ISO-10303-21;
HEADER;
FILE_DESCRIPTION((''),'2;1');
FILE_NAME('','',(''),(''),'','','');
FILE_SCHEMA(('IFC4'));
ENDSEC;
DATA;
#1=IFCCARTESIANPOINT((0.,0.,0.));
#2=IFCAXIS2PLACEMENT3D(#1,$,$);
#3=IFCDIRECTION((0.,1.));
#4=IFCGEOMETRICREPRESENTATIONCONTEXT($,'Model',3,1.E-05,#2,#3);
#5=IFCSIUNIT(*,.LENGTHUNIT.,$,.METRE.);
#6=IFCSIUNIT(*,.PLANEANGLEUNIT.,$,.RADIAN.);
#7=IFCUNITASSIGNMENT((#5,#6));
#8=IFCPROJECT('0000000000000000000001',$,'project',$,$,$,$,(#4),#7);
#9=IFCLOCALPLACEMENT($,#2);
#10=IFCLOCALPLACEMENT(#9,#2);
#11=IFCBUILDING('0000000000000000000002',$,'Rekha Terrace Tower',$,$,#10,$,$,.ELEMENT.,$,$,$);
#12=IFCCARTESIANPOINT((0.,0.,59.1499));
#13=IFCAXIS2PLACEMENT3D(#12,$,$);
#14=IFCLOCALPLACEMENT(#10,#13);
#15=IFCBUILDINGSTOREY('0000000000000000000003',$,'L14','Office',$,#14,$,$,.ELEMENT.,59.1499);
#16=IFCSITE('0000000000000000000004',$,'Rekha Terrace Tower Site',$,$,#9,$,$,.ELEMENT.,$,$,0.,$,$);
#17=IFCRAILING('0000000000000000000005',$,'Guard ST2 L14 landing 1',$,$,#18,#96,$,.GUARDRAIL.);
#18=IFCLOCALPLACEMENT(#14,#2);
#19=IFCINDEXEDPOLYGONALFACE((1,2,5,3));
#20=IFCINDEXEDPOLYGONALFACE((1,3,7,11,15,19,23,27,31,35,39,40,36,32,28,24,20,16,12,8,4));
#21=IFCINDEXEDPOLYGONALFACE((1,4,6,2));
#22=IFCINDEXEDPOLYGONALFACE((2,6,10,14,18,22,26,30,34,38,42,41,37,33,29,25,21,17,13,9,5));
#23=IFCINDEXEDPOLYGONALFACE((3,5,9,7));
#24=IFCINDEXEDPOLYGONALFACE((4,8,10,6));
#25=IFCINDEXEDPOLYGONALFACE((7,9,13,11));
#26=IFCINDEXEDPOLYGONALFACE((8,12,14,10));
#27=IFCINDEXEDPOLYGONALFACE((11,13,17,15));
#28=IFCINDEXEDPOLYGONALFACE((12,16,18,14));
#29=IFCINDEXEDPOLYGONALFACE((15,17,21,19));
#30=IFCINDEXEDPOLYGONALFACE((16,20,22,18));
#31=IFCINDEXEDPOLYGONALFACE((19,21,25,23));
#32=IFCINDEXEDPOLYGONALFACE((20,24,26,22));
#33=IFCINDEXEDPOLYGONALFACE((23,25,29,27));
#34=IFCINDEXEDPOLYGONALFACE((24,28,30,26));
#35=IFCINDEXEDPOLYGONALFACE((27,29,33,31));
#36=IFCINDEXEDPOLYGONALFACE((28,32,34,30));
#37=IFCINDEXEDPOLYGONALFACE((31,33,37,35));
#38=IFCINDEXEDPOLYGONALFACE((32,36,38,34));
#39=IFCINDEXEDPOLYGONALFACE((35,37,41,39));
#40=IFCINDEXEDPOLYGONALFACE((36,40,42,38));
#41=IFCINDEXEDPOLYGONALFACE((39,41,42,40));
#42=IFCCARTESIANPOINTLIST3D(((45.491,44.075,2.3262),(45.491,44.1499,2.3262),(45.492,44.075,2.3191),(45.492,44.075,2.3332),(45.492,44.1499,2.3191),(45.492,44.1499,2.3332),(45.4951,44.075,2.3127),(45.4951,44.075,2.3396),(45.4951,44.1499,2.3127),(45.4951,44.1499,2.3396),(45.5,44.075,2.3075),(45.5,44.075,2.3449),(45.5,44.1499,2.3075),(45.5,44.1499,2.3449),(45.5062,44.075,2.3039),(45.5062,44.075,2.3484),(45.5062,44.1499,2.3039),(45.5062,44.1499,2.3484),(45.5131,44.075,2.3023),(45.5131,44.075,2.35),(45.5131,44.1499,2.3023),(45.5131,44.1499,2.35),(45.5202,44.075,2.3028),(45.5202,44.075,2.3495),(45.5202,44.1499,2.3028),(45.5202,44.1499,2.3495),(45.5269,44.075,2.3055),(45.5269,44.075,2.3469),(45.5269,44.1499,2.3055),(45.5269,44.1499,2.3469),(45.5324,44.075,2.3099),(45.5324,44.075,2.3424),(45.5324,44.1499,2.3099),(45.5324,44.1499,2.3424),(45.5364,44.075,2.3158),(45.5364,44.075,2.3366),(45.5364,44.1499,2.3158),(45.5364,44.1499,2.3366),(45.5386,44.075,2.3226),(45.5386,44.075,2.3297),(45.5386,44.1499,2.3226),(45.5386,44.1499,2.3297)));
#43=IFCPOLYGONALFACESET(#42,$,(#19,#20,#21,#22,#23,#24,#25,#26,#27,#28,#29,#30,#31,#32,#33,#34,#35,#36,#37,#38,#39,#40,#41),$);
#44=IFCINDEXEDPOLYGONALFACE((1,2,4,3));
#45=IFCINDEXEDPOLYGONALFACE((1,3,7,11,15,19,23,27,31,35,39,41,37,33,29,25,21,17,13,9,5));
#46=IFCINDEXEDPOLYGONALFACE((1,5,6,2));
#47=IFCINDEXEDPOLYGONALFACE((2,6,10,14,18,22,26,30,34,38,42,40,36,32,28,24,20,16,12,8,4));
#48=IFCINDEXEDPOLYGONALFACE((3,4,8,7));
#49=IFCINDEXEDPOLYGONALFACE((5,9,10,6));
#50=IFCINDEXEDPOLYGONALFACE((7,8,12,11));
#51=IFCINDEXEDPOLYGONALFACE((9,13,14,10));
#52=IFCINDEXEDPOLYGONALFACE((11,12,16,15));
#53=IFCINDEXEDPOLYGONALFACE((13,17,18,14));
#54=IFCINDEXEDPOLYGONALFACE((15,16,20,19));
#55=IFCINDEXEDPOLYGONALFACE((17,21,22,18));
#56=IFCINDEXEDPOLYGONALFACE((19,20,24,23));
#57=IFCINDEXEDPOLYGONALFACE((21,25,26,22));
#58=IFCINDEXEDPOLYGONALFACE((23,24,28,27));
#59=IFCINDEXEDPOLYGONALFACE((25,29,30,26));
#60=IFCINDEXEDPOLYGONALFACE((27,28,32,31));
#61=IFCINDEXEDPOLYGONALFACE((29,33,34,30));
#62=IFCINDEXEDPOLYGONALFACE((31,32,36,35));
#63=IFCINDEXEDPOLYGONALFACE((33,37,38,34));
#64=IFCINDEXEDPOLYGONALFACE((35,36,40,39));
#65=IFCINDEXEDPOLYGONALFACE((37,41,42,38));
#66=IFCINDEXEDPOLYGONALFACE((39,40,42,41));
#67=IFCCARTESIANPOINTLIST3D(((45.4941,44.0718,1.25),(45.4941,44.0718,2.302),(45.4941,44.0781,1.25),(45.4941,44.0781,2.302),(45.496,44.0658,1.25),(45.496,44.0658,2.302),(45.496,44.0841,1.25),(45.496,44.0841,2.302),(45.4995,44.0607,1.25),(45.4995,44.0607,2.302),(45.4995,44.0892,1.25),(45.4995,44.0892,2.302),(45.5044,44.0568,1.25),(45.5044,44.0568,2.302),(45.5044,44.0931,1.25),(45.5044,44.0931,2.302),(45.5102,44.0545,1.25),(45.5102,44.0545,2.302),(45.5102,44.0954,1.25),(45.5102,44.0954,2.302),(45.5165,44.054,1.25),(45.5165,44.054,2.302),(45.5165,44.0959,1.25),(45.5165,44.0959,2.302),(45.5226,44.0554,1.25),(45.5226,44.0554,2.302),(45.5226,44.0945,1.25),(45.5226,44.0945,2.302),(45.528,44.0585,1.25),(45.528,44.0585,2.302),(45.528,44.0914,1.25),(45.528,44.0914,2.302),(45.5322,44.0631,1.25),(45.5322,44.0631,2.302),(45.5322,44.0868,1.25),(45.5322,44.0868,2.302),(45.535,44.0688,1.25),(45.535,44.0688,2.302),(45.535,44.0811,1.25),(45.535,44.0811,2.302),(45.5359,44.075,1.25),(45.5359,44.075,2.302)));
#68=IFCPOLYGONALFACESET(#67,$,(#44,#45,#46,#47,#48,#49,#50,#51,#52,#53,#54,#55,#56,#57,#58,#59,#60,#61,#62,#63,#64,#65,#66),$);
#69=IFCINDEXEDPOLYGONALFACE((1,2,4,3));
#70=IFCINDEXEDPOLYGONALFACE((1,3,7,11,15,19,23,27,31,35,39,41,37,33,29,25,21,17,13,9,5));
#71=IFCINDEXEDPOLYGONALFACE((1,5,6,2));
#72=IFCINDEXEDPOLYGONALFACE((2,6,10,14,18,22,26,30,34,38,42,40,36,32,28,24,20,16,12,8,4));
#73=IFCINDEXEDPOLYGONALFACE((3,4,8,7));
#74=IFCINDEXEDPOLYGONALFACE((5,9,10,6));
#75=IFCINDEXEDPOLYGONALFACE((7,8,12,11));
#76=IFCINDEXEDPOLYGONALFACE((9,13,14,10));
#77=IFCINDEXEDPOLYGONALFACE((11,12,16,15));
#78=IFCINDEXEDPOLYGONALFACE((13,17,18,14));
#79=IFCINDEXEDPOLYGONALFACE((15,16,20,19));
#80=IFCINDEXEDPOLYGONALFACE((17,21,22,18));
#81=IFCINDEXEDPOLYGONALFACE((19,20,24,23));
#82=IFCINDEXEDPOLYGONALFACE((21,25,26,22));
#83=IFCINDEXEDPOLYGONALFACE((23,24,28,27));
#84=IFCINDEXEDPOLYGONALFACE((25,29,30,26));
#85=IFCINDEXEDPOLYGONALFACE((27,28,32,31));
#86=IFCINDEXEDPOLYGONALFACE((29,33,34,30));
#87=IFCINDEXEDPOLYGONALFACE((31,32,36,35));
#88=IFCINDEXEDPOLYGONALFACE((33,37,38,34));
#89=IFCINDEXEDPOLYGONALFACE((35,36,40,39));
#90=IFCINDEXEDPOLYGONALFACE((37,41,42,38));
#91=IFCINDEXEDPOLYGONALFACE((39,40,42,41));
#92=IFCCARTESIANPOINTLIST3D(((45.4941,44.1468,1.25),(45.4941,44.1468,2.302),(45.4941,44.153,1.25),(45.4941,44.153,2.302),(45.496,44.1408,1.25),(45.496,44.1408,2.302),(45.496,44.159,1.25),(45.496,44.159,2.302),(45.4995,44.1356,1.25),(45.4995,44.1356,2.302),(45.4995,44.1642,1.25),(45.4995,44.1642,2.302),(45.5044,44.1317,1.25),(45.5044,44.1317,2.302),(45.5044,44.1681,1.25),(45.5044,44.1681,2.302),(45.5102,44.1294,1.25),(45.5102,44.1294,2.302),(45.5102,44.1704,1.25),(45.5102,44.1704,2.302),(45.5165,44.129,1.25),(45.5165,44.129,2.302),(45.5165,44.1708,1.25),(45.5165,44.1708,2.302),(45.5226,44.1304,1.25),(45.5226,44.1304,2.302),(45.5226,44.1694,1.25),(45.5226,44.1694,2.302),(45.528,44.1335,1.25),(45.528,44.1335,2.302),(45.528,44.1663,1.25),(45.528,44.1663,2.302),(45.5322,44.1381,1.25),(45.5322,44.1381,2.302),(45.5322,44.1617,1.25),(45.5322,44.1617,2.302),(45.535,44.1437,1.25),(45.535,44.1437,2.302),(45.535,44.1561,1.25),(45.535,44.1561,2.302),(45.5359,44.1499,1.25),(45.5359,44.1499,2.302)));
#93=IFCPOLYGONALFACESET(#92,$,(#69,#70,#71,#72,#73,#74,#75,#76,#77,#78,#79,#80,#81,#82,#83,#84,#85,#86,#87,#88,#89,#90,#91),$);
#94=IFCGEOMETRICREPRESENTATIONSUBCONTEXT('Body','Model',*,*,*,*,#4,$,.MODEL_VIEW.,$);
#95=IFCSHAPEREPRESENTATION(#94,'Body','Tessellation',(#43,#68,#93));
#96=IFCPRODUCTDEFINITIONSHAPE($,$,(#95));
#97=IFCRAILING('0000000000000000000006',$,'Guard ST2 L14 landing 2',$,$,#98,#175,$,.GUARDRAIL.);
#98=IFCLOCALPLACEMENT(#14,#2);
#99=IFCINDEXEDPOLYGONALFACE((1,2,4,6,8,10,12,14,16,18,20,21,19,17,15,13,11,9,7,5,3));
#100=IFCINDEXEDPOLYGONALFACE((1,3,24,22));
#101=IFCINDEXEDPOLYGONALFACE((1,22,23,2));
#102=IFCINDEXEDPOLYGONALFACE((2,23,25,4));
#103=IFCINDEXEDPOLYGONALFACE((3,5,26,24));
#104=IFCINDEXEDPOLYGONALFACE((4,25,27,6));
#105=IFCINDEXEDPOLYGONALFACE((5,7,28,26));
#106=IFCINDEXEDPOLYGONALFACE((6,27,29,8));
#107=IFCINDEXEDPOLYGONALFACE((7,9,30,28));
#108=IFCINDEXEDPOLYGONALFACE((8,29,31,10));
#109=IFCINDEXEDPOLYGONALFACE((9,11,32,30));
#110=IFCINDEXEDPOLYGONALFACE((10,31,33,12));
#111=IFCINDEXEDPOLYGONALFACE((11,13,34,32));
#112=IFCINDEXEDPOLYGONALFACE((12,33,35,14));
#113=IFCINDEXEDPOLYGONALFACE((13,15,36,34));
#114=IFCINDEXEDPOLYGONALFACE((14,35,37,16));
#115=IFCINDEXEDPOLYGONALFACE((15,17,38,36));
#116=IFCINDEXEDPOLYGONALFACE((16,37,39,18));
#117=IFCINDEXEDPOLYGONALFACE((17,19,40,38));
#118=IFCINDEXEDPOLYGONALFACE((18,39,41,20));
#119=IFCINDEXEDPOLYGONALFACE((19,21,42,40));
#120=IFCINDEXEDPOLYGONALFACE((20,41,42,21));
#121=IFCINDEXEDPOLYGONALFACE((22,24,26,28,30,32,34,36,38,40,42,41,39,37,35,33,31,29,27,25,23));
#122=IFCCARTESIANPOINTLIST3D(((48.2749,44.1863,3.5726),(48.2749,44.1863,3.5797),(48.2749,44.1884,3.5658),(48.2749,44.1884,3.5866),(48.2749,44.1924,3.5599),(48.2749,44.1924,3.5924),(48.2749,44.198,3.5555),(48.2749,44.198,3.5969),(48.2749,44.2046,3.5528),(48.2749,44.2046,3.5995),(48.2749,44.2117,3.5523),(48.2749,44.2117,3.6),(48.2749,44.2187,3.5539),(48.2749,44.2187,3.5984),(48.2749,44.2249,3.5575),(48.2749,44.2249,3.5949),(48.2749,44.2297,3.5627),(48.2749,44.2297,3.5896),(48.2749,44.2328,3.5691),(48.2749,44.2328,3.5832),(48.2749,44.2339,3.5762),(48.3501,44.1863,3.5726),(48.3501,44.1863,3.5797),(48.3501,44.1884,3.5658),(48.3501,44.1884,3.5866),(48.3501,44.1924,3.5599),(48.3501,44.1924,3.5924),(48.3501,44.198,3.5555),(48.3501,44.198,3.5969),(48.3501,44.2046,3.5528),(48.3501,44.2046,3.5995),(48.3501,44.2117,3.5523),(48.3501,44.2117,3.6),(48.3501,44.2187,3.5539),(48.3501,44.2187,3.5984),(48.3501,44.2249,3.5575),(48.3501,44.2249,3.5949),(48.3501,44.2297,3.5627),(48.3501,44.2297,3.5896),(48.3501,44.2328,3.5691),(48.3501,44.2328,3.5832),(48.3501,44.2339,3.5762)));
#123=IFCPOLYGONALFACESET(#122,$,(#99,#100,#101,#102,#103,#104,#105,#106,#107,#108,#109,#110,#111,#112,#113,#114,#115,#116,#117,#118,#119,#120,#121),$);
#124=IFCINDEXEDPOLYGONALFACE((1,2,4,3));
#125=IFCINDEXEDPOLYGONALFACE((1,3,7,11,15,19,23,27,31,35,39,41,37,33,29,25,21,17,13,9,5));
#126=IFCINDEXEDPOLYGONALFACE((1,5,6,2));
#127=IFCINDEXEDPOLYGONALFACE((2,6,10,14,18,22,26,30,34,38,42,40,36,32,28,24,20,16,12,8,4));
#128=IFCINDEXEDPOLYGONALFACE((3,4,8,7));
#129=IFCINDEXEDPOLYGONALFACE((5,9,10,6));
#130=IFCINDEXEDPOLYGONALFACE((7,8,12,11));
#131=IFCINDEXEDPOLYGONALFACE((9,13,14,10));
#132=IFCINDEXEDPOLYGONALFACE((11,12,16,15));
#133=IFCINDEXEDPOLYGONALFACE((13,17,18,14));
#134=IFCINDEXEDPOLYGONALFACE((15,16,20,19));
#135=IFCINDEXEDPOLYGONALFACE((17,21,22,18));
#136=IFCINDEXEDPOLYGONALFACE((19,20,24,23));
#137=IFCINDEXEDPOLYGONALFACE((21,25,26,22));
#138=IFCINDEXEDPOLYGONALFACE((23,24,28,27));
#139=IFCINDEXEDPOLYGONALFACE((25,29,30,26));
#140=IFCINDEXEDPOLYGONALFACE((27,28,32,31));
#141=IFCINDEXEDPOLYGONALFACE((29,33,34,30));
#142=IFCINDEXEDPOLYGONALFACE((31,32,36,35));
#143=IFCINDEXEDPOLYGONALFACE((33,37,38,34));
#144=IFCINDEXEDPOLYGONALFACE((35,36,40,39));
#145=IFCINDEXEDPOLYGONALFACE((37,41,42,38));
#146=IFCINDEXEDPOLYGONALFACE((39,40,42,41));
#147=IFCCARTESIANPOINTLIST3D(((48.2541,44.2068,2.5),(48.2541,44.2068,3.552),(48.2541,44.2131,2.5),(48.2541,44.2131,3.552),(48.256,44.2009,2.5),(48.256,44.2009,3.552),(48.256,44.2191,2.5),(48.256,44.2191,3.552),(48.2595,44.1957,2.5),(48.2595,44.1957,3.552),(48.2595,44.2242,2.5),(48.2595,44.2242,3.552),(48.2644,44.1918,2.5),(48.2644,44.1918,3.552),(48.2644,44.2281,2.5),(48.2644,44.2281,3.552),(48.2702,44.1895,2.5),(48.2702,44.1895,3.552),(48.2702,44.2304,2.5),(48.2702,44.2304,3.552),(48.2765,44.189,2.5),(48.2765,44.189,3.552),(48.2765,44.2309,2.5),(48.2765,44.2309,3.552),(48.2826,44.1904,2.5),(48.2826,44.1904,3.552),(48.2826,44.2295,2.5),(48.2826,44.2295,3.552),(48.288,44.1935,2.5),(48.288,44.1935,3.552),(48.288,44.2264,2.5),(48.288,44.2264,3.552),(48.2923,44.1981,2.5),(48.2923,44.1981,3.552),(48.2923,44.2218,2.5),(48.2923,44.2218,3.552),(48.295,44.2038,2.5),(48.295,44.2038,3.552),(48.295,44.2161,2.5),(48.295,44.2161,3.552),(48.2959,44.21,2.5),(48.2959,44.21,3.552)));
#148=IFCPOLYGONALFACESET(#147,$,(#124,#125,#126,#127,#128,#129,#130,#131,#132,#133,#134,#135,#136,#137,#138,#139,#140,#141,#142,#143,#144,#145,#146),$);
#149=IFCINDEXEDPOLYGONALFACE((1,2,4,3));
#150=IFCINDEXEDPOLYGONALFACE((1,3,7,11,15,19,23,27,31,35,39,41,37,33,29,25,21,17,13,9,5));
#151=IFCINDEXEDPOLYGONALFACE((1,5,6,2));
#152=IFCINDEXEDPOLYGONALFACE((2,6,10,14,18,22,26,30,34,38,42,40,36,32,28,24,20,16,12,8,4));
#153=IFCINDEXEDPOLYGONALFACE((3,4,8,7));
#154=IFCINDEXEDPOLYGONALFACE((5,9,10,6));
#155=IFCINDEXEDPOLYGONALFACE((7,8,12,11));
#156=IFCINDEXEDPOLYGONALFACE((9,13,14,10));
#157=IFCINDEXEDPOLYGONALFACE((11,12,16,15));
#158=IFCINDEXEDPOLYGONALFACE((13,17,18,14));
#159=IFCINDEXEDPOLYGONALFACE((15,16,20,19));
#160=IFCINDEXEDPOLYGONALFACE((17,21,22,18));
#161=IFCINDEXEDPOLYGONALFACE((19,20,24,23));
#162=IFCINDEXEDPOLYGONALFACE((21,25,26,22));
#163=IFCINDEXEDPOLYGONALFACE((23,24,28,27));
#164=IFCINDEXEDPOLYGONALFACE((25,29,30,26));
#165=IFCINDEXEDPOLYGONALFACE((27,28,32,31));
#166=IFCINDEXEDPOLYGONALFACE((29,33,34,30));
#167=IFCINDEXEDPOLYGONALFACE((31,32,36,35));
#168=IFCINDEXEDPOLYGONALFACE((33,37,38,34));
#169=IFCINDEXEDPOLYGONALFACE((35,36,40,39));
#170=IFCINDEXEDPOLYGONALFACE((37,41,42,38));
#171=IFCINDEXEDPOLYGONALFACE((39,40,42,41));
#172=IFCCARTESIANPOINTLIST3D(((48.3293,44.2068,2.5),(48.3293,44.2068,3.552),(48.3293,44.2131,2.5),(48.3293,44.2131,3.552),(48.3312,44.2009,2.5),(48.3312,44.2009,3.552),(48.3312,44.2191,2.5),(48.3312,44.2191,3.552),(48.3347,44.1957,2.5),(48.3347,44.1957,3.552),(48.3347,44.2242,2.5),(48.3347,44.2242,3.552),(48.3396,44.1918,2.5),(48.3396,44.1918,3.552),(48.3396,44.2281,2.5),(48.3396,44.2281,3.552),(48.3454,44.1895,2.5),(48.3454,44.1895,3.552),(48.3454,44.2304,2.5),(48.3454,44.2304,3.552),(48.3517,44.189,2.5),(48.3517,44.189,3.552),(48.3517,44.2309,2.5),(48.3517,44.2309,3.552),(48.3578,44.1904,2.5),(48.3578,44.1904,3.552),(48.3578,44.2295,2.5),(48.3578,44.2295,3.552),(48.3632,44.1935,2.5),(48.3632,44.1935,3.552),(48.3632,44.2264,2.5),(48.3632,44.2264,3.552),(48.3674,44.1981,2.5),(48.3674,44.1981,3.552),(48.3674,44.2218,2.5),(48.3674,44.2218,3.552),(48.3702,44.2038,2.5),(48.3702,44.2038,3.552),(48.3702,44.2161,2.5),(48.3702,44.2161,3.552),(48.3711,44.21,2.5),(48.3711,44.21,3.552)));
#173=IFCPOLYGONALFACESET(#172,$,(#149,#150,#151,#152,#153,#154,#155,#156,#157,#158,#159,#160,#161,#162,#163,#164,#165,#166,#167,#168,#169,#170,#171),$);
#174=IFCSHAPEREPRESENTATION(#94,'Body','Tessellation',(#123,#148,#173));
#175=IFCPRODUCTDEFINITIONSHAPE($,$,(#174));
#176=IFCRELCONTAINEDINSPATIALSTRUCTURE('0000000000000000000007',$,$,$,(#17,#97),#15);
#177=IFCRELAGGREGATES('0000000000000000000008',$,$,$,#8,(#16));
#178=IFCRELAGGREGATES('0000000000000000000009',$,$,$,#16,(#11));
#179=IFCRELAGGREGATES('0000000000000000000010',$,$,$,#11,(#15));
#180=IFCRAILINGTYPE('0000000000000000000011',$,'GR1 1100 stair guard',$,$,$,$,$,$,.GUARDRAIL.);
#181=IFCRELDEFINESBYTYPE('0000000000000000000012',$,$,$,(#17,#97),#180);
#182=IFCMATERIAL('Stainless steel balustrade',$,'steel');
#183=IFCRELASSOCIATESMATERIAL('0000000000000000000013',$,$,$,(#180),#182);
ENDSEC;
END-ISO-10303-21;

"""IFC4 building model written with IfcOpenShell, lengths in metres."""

from ifc_helpers import new_model, si_unit, direction, frame, origin, origin_2d, place, context, subcontext, project, spatial, circle, extrude, material, type_object, element, save


model = new_model("IFC4")

# Units and contexts
model_context = context("Model", 3, precision=1e-05, world=origin(), true_north=direction((0.0, 1.0)))
body_context = subcontext(model_context, "Body", "Model", "MODEL_VIEW")
ifc_project = project(units=[si_unit("LENGTHUNIT", "METRE"), si_unit("PLANEANGLEUNIT", "RADIAN")], contexts=[model_context])

# Site, building, storey
site_placement = place(None, origin())
site = spatial("IfcSite", under=ifc_project, at=site_placement, Name="Rekha Terrace Tower Site", CompositionType="ELEMENT", RefElevation=0.0)
building_placement = place(site_placement, origin())
building = spatial("IfcBuilding", under=site, at=building_placement, Name="Rekha Terrace Tower", CompositionType="ELEMENT")
storey_placement = place(building_placement, frame((0.0, 0.0, 59.1499)))
storey = spatial("IfcBuildingStorey", under=building, at=storey_placement, Name="L14", Description="Office", CompositionType="ELEMENT", Elevation=59.1499)

# Railings
ifc_material_1 = material(Name="Stainless steel balustrade", Category="steel")
railing_type_1 = type_object("IfcRailingType", Name="GR1 1100 stair guard", PredefinedType="GUARDRAIL", material=ifc_material_1)
railing_1_placement = place(storey_placement, frame((45.5149, 44.075, 1.25)))
element("IfcRailing", 1, at=railing_1_placement, inside=storey, type_object=railing_type_1, Name="Guard ST2 L14 landing 1", PredefinedType="GUARDRAIL", context=body_context, shape_type="SweptSolid", body=[
    extrude(circle(Radius=0.0239, at=origin_2d()), frame((0.0, 0.0, 1.0762), z_axis=(0.0, 1.0, 0.0), x_axis=(-1.0, 0.0, 0.0)), (0.0, 0.0, 1.0), 0.075),
    extrude(circle(Radius=0.021, at=origin_2d()), origin(), (0.0, 0.0, 1.0), 1.052),
    extrude(circle(Radius=0.021, at=origin_2d()), frame((0.0, 0.075, 0.0)), (0.0, 0.0, 1.0), 1.052),
])
railing_2_placement = place(storey_placement, frame((48.2749, 44.21, 2.5)))
element("IfcRailing", 2, at=railing_2_placement, inside=storey, type_object=railing_type_1, Name="Guard ST2 L14 landing 2", PredefinedType="GUARDRAIL", context=body_context, shape_type="SweptSolid", body=[
    extrude(circle(Radius=0.0239, at=origin_2d()), frame((0.0, 0.0, 1.0762), z_axis=(1.0, 0.0, 0.0), x_axis=(0.0, 1.0, 0.0)), (0.0, 0.0, 1.0), 0.0752),
    extrude(circle(Radius=0.021, at=origin_2d()), origin(), (0.0, 0.0, 1.0), 1.052),
    extrude(circle(Radius=0.021, at=origin_2d()), frame((0.0752, 0.0, 0.0)), (0.0, 0.0, 1.0), 1.052),
])

save(model, "model.ifc")
